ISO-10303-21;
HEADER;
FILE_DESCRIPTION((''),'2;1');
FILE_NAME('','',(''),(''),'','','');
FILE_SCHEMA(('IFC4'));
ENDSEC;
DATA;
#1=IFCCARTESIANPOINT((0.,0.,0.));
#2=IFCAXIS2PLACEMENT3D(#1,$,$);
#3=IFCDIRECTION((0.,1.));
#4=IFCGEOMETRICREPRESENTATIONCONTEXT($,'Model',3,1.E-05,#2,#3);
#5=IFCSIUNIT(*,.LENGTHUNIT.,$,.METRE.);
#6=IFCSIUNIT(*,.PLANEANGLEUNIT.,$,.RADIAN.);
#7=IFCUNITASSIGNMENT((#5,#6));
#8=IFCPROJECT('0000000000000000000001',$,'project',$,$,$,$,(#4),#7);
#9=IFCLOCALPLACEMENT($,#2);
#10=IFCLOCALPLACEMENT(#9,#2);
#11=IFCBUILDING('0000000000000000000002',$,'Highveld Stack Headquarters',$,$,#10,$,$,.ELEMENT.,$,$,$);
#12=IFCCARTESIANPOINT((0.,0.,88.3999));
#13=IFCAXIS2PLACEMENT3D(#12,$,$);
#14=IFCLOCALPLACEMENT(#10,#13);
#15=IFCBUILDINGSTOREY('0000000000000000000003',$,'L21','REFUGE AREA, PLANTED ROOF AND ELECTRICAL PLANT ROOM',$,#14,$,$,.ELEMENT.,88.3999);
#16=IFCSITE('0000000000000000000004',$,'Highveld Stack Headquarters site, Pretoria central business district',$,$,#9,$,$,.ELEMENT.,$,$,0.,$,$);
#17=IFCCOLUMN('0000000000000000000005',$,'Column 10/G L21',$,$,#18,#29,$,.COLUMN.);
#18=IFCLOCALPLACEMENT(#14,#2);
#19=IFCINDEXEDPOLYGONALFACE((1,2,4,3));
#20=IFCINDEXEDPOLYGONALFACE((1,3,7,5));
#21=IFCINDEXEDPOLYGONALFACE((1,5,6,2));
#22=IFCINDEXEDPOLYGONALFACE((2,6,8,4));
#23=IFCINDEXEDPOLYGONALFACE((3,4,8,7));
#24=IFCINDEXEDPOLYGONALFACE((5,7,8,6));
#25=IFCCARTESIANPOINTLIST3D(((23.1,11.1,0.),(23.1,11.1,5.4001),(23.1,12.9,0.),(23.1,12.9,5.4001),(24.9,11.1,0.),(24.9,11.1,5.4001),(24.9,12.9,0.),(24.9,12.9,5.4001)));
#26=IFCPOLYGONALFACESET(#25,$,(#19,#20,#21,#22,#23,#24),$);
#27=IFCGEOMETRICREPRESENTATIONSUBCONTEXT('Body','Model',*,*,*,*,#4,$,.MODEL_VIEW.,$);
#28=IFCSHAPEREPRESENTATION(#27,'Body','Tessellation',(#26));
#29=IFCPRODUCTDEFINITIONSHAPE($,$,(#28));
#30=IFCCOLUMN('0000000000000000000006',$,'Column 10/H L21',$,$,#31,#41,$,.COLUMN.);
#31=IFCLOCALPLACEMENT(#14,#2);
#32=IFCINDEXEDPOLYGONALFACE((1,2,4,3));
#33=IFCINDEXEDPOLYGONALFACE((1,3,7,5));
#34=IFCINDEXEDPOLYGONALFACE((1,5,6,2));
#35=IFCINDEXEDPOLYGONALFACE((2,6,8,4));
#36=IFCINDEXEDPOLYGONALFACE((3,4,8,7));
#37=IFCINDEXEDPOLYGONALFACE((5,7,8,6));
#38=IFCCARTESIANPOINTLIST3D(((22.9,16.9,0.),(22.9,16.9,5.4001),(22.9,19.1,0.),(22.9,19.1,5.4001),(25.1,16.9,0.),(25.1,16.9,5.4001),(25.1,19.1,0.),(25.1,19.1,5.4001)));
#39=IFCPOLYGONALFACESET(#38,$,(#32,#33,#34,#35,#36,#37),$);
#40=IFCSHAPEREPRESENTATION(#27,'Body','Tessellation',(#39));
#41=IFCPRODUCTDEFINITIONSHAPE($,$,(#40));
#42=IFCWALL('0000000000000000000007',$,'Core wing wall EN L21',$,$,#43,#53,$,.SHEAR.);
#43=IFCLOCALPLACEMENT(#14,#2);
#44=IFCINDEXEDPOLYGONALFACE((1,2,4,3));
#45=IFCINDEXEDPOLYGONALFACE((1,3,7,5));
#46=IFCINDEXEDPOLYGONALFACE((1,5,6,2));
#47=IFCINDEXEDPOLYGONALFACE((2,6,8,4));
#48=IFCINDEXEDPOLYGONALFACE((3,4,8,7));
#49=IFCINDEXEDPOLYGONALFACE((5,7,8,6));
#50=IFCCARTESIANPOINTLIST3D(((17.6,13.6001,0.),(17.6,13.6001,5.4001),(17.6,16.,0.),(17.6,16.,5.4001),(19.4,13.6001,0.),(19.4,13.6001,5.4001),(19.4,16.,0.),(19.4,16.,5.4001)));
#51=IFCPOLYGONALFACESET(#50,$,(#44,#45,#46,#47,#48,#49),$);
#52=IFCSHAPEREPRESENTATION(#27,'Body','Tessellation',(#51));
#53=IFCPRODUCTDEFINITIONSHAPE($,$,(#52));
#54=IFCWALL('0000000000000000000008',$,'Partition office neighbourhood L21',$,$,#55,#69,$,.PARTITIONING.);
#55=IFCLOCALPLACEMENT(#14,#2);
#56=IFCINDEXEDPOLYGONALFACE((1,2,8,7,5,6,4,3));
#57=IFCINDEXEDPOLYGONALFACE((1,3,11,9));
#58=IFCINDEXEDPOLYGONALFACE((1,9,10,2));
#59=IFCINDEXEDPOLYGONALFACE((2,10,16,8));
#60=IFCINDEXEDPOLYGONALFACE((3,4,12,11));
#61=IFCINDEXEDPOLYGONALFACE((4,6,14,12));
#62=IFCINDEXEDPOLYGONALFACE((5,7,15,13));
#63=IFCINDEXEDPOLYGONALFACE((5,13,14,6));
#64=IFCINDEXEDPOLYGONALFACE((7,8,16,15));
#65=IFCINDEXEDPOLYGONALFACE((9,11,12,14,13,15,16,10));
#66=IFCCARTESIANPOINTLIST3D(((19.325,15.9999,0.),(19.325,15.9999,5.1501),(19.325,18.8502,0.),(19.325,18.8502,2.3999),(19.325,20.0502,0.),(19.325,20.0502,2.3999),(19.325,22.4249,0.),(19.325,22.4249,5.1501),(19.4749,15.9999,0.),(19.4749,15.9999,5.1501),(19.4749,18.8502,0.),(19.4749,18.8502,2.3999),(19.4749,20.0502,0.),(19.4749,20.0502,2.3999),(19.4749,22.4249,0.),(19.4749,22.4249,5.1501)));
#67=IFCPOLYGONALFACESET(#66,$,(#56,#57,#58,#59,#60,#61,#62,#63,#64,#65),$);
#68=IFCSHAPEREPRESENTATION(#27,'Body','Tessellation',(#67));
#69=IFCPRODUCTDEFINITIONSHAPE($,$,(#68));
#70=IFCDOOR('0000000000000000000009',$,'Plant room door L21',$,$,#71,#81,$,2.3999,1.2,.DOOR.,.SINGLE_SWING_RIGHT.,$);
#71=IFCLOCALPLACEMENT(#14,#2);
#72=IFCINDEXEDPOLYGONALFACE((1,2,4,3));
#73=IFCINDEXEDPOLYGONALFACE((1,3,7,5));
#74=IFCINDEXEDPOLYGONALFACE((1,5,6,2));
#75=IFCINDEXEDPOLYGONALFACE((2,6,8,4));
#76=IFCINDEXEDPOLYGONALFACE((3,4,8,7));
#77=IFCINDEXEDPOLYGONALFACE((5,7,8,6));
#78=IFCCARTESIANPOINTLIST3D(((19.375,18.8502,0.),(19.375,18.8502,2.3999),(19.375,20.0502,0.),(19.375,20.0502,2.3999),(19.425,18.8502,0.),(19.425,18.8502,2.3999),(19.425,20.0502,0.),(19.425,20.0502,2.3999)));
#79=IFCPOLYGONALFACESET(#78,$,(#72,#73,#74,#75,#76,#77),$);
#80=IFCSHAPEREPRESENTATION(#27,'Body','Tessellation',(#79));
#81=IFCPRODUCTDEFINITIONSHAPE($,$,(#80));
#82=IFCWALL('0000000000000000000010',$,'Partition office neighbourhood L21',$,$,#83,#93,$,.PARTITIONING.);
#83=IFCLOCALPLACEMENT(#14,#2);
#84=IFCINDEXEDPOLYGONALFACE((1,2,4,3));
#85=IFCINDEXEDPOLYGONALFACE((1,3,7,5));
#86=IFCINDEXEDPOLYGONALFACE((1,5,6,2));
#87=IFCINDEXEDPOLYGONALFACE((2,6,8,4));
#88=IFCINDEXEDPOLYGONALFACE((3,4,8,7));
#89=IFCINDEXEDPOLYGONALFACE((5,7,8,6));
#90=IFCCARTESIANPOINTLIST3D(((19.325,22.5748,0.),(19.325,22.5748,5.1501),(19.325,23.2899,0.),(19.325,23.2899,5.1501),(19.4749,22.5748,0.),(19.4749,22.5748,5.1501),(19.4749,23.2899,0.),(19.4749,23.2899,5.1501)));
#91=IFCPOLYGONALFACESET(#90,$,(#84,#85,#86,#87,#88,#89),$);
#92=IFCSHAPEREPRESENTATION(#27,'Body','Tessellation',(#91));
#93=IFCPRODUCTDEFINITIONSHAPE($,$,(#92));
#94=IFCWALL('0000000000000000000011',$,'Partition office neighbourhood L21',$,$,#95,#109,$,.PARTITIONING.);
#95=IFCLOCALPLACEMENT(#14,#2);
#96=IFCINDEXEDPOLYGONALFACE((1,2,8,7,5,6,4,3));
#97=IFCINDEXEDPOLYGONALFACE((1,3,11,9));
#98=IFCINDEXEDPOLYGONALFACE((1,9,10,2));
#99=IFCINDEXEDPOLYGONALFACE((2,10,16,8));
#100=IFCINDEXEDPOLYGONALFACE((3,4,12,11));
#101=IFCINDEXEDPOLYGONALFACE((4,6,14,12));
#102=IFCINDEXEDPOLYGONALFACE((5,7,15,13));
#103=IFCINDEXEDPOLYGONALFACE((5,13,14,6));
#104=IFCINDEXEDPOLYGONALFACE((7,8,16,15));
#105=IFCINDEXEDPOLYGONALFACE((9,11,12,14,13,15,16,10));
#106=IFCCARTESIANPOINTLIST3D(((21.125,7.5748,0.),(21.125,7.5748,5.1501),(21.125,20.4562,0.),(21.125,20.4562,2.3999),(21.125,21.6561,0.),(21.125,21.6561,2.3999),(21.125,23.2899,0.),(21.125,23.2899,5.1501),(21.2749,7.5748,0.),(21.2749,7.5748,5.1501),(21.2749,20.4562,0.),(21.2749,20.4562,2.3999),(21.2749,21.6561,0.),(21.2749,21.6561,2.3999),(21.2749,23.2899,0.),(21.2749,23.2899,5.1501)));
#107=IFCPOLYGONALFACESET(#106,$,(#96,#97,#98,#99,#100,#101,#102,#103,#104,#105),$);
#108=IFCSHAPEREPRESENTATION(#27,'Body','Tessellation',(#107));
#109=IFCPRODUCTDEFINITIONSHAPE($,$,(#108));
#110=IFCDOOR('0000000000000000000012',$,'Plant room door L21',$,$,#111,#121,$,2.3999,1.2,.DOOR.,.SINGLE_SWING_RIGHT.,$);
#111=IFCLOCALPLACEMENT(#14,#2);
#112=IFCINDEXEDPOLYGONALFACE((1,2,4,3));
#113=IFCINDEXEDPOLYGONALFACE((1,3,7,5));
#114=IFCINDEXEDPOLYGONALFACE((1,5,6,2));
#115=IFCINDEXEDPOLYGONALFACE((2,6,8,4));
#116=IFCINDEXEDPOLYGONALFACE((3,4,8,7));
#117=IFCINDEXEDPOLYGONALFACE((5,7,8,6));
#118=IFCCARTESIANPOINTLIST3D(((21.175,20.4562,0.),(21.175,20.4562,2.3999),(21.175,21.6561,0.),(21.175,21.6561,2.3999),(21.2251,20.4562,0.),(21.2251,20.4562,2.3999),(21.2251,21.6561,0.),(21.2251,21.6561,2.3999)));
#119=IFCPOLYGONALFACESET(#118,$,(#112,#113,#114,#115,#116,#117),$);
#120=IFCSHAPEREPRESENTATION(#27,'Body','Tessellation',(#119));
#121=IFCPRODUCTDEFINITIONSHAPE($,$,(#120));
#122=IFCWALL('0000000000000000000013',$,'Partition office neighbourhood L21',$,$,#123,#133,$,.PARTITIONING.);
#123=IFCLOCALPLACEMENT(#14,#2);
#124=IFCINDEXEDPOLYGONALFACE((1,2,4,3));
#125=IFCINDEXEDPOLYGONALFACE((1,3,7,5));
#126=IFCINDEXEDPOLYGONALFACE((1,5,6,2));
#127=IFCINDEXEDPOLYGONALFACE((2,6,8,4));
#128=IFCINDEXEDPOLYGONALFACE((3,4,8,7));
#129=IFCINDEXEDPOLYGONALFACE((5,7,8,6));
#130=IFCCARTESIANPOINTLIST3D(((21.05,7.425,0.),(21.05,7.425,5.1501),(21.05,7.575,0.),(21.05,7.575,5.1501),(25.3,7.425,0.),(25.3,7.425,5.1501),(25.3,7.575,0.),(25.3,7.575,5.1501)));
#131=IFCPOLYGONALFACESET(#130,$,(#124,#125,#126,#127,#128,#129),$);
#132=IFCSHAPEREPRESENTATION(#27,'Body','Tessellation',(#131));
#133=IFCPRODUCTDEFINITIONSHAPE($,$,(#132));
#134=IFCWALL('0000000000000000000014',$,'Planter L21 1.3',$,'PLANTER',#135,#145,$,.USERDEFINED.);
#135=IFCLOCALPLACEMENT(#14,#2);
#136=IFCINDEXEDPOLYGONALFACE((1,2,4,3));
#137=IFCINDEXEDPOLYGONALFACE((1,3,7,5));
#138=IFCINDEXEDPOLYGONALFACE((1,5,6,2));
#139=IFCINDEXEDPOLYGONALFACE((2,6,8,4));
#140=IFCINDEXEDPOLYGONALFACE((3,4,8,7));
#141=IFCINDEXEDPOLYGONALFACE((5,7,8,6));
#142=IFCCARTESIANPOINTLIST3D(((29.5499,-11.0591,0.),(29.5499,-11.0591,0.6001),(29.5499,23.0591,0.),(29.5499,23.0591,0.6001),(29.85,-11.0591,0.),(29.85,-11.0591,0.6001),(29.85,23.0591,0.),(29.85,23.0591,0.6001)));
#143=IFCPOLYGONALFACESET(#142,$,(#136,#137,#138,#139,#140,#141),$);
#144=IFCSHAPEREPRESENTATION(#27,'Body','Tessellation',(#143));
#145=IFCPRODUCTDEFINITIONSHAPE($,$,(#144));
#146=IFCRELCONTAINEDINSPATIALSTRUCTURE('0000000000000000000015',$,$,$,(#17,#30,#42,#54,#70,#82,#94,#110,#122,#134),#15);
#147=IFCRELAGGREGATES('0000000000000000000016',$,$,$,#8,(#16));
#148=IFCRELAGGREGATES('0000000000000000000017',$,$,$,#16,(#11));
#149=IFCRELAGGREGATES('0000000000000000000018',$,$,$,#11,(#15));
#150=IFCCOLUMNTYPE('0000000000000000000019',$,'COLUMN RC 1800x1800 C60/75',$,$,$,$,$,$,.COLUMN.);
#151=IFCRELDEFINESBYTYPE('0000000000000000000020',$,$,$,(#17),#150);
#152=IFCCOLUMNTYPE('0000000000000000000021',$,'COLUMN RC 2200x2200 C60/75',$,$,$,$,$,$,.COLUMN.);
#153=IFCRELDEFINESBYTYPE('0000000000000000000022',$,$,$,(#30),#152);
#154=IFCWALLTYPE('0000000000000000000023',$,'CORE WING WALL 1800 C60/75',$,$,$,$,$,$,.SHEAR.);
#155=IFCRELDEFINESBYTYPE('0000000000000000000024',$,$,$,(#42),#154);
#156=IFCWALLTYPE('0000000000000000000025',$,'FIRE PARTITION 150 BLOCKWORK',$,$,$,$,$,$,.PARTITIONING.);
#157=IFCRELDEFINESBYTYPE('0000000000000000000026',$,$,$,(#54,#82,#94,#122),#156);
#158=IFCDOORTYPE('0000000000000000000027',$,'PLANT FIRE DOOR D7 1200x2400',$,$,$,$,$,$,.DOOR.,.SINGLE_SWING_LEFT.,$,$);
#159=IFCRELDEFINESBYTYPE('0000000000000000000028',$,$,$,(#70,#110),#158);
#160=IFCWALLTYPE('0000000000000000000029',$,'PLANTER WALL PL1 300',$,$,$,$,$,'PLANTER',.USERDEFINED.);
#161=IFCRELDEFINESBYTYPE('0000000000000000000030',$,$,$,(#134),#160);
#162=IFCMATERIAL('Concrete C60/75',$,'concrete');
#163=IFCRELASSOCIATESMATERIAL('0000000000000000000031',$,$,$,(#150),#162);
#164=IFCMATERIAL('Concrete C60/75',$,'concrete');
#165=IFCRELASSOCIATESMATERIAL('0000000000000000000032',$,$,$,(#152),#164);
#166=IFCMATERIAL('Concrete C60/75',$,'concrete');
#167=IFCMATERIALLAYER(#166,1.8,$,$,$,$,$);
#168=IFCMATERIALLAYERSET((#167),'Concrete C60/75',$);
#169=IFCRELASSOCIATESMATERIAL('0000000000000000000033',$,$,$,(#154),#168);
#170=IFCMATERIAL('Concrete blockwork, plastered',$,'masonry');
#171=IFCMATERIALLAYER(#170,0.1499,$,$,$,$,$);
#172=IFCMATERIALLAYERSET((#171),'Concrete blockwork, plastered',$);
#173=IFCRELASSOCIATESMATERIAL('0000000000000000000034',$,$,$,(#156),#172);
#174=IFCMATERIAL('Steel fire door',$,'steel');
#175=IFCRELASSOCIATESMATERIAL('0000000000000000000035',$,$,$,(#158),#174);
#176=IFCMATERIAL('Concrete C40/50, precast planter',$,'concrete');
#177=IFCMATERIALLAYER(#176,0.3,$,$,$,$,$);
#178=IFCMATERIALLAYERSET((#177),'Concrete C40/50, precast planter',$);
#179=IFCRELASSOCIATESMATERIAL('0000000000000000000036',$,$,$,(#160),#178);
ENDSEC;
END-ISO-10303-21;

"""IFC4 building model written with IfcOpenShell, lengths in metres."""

from ifc_helpers import new_model, si_unit, direction, frame, frame_2d, origin, origin_2d, place, context, subcontext, project, spatial, rectangle, extrude, material, layer, layer_set, material_profile, profile_set, type_object, element, fill, save


model = new_model("IFC4")

# Units and contexts
model_context = context("Model", 3, precision=1e-05, world=origin(), true_north=direction((0.0, 1.0)))
body_context = subcontext(model_context, "Body", "Model", "MODEL_VIEW")
ifc_project = project(units=[si_unit("LENGTHUNIT", "METRE"), si_unit("PLANEANGLEUNIT", "RADIAN")], contexts=[model_context])

# Site, building, storey
site_placement = place(None, origin())
site = spatial("IfcSite", under=ifc_project, at=site_placement, Name="Highveld Stack Headquarters site, Pretoria central business district", CompositionType="ELEMENT", RefElevation=0.0)
building_placement = place(site_placement, origin())
building = spatial("IfcBuilding", under=site, at=building_placement, Name="Highveld Stack Headquarters", CompositionType="ELEMENT")
storey_placement = place(building_placement, frame((0.0, 0.0, 88.3999)))
storey = spatial("IfcBuildingStorey", under=building, at=storey_placement, Name="L21", Description="REFUGE AREA, PLANTED ROOF AND ELECTRICAL PLANT ROOM", CompositionType="ELEMENT", Elevation=88.3999)

# Columns
ifc_material_1 = material(Name="Concrete C60/75", Category="concrete")
ifc_material_profile_1 = material_profile(ifc_material_1, rectangle(XDim=1.8, YDim=1.8, at=origin_2d()), Name="RC 1800x1800")
ifc_profile_set_1 = profile_set([ifc_material_profile_1], Name="Concrete C60/75")
column_type_1 = type_object("IfcColumnType", Name="COLUMN RC 1800x1800 C60/75", PredefinedType="COLUMN", material=ifc_profile_set_1)
column_1_placement = place(storey_placement, frame((24.0, 12.0, 0.0), z_axis=(0.0, 0.0, 1.0), x_axis=(1.0, 0.0, 0.0)))
element("IfcColumn", 1, at=column_1_placement, inside=storey, type_object=column_type_1, Name="Column 10/G L21", PredefinedType="COLUMN", context=body_context, shape_type="SweptSolid", body=[
    extrude(rectangle(XDim=1.8, YDim=1.8, at=origin_2d()), origin(), (0.0, 0.0, 1.0), 5.4001),
])
ifc_material_2 = material(Name="Concrete C60/75", Category="concrete")
ifc_material_profile_2 = material_profile(ifc_material_2, rectangle(XDim=2.2, YDim=2.2, at=origin_2d()), Name="RC 2200x2200")
ifc_profile_set_2 = profile_set([ifc_material_profile_2], Name="Concrete C60/75")
column_type_2 = type_object("IfcColumnType", Name="COLUMN RC 2200x2200 C60/75", PredefinedType="COLUMN", material=ifc_profile_set_2)
column_2_placement = place(storey_placement, frame((24.0, 18.0, 0.0), z_axis=(0.0, 0.0, 1.0), x_axis=(1.0, 0.0, 0.0)))
element("IfcColumn", 2, at=column_2_placement, inside=storey, type_object=column_type_2, Name="Column 10/H L21", PredefinedType="COLUMN", context=body_context, shape_type="SweptSolid", body=[
    extrude(rectangle(XDim=2.2, YDim=2.2, at=origin_2d()), origin(), (0.0, 0.0, 1.0), 5.4001),
])

# Wall
ifc_material_3 = material(Name="Concrete C60/75", Category="concrete")
ifc_layer_1 = layer(ifc_material_3, 1.8)
ifc_layer_set_1 = layer_set([ifc_layer_1], Name="Concrete C60/75")
wall_type_1 = type_object("IfcWallType", Name="CORE WING WALL 1800 C60/75", PredefinedType="SHEAR", material=ifc_layer_set_1)
wall_1_placement = place(storey_placement, frame((18.5, 13.6001, 0.0), z_axis=(0.0, 0.0, 1.0), x_axis=(0.0, 1.0, 0.0)))
element("IfcWall", 3, at=wall_1_placement, inside=storey, type_object=wall_type_1, Name="Core wing wall EN L21", PredefinedType="SHEAR", context=body_context, shape_type="SweptSolid", body=[
    extrude(rectangle(XDim=2.3999, YDim=1.8, at=frame_2d((1.2, 0.0))), origin(), (0.0, 0.0, 1.0), 5.4001),
])

# Wall, opening, door
ifc_material_4 = material(Name="Concrete blockwork, plastered", Category="masonry")
ifc_layer_2 = layer(ifc_material_4, 0.1499)
ifc_layer_set_2 = layer_set([ifc_layer_2], Name="Concrete blockwork, plastered")
wall_type_2 = type_object("IfcWallType", Name="FIRE PARTITION 150 BLOCKWORK", PredefinedType="PARTITIONING", material=ifc_layer_set_2)
wall_2_placement = place(storey_placement, frame((19.3999, 16.0, 0.0), z_axis=(0.0, 0.0, 1.0), x_axis=(0.0, 1.0, 0.0)))
wall_2 = element("IfcWall", 4, at=wall_2_placement, inside=storey, type_object=wall_type_2, Name="Partition office neighbourhood L21", PredefinedType="PARTITIONING", context=body_context, shape_type="SweptSolid", body=[
    extrude(rectangle(XDim=6.425, YDim=0.1499, at=frame_2d((3.2124, 0.0))), origin(), (0.0, 0.0, 1.0), 5.1501),
])
opening_1_placement = place(wall_2_placement, frame((2.8501, 0.0, 0.0)))
opening_1 = element("IfcOpeningElement", 5, at=opening_1_placement, cuts=wall_2, PredefinedType="OPENING", context=body_context, shape_type="SweptSolid", body=[
    extrude(rectangle(XDim=1.2, YDim=2.3999, at=frame_2d((0.6001, 1.2))), frame((0.0, 0.085, 0.0), z_axis=(0.0, -1.0, 0.0), x_axis=(1.0, 0.0, 0.0)), (0.0, 0.0, 1.0), 0.1699),
])
ifc_material_5 = material(Name="Steel fire door", Category="steel")
door_type = type_object("IfcDoorType", Name="PLANT FIRE DOOR D7 1200x2400", OperationType="SINGLE_SWING_LEFT", PredefinedType="DOOR", material=ifc_material_5)
door_1_placement = place(opening_1_placement, origin())
door_1 = element("IfcDoor", 6, at=door_1_placement, inside=storey, type_object=door_type, Name="Plant room door L21", OperationType="SINGLE_SWING_RIGHT", OverallHeight=2.3999, OverallWidth=1.2, PredefinedType="DOOR", context=body_context, shape_type="SweptSolid", body=[
    extrude(rectangle(XDim=1.2, YDim=2.3999, at=frame_2d((0.6001, 1.2))), frame((0.0, 0.0249, 0.0), z_axis=(0.0, -1.0, 0.0), x_axis=(1.0, 0.0, 0.0)), (0.0, 0.0, 1.0), 0.05),
])
fill(opening_1, door_1)

# Wall
wall_3_placement = place(storey_placement, frame((19.3999, 22.575, 0.0), z_axis=(0.0, 0.0, 1.0), x_axis=(0.0, 1.0, 0.0)))
element("IfcWall", 7, at=wall_3_placement, inside=storey, type_object=wall_type_2, Name="Partition office neighbourhood L21", PredefinedType="PARTITIONING", context=body_context, shape_type="SweptSolid", body=[
    extrude(rectangle(XDim=0.7151, YDim=0.1499, at=frame_2d((0.3574, 0.0))), origin(), (0.0, 0.0, 1.0), 5.1501),
])

# Wall, opening, door
wall_4_placement = place(storey_placement, frame((21.2, 7.575, 0.0), z_axis=(0.0, 0.0, 1.0), x_axis=(0.0, 1.0, 0.0)))
wall_4 = element("IfcWall", 8, at=wall_4_placement, inside=storey, type_object=wall_type_2, Name="Partition office neighbourhood L21", PredefinedType="PARTITIONING", context=body_context, shape_type="SweptSolid", body=[
    extrude(rectangle(XDim=15.7151, YDim=0.1499, at=frame_2d((7.8574, 0.0))), origin(), (0.0, 0.0, 1.0), 5.1501),
])
opening_2_placement = place(wall_4_placement, frame((12.8811, 0.0, 0.0)))
opening_2 = element("IfcOpeningElement", 9, at=opening_2_placement, cuts=wall_4, PredefinedType="OPENING", context=body_context, shape_type="SweptSolid", body=[
    extrude(rectangle(XDim=1.2, YDim=2.3999, at=frame_2d((0.6001, 1.2))), frame((0.0, 0.085, 0.0), z_axis=(0.0, -1.0, 0.0), x_axis=(1.0, 0.0, 0.0)), (0.0, 0.0, 1.0), 0.1699),
])
door_2_placement = place(opening_2_placement, origin())
door_2 = element("IfcDoor", 10, at=door_2_placement, inside=storey, type_object=door_type, Name="Plant room door L21", OperationType="SINGLE_SWING_RIGHT", OverallHeight=2.3999, OverallWidth=1.2, PredefinedType="DOOR", context=body_context, shape_type="SweptSolid", body=[
    extrude(rectangle(XDim=1.2, YDim=2.3999, at=frame_2d((0.6001, 1.2))), frame((0.0, 0.0249, 0.0), z_axis=(0.0, -1.0, 0.0), x_axis=(1.0, 0.0, 0.0)), (0.0, 0.0, 1.0), 0.05),
])
fill(opening_2, door_2)

# Walls
wall_5_placement = place(storey_placement, frame((21.05, 7.5, 0.0), z_axis=(0.0, 0.0, 1.0), x_axis=(1.0, 0.0, 0.0)))
element("IfcWall", 11, at=wall_5_placement, inside=storey, type_object=wall_type_2, Name="Partition office neighbourhood L21", PredefinedType="PARTITIONING", context=body_context, shape_type="SweptSolid", body=[
    extrude(rectangle(XDim=4.25, YDim=0.1499, at=frame_2d((2.125, 0.0))), origin(), (0.0, 0.0, 1.0), 5.1501),
])
ifc_material_6 = material(Name="Concrete C40/50, precast planter", Category="concrete")
ifc_layer_3 = layer(ifc_material_6, 0.3)
ifc_layer_set_3 = layer_set([ifc_layer_3], Name="Concrete C40/50, precast planter")
wall_type_3 = type_object("IfcWallType", Name="PLANTER WALL PL1 300", ElementType="PLANTER", PredefinedType="USERDEFINED", material=ifc_layer_set_3)
wall_6_placement = place(storey_placement, frame((29.7, 23.0591, 0.0), z_axis=(0.0, 0.0, 1.0), x_axis=(0.0, -1.0, 0.0)))
element("IfcWall", 12, at=wall_6_placement, inside=storey, type_object=wall_type_3, Name="Planter L21 1.3", ObjectType="PLANTER", PredefinedType="USERDEFINED", context=body_context, shape_type="SweptSolid", body=[
    extrude(rectangle(XDim=34.1182, YDim=0.3, at=frame_2d((17.0591, 0.0))), origin(), (0.0, 0.0, 1.0), 0.6001),
])

save(model, "model.ifc")
